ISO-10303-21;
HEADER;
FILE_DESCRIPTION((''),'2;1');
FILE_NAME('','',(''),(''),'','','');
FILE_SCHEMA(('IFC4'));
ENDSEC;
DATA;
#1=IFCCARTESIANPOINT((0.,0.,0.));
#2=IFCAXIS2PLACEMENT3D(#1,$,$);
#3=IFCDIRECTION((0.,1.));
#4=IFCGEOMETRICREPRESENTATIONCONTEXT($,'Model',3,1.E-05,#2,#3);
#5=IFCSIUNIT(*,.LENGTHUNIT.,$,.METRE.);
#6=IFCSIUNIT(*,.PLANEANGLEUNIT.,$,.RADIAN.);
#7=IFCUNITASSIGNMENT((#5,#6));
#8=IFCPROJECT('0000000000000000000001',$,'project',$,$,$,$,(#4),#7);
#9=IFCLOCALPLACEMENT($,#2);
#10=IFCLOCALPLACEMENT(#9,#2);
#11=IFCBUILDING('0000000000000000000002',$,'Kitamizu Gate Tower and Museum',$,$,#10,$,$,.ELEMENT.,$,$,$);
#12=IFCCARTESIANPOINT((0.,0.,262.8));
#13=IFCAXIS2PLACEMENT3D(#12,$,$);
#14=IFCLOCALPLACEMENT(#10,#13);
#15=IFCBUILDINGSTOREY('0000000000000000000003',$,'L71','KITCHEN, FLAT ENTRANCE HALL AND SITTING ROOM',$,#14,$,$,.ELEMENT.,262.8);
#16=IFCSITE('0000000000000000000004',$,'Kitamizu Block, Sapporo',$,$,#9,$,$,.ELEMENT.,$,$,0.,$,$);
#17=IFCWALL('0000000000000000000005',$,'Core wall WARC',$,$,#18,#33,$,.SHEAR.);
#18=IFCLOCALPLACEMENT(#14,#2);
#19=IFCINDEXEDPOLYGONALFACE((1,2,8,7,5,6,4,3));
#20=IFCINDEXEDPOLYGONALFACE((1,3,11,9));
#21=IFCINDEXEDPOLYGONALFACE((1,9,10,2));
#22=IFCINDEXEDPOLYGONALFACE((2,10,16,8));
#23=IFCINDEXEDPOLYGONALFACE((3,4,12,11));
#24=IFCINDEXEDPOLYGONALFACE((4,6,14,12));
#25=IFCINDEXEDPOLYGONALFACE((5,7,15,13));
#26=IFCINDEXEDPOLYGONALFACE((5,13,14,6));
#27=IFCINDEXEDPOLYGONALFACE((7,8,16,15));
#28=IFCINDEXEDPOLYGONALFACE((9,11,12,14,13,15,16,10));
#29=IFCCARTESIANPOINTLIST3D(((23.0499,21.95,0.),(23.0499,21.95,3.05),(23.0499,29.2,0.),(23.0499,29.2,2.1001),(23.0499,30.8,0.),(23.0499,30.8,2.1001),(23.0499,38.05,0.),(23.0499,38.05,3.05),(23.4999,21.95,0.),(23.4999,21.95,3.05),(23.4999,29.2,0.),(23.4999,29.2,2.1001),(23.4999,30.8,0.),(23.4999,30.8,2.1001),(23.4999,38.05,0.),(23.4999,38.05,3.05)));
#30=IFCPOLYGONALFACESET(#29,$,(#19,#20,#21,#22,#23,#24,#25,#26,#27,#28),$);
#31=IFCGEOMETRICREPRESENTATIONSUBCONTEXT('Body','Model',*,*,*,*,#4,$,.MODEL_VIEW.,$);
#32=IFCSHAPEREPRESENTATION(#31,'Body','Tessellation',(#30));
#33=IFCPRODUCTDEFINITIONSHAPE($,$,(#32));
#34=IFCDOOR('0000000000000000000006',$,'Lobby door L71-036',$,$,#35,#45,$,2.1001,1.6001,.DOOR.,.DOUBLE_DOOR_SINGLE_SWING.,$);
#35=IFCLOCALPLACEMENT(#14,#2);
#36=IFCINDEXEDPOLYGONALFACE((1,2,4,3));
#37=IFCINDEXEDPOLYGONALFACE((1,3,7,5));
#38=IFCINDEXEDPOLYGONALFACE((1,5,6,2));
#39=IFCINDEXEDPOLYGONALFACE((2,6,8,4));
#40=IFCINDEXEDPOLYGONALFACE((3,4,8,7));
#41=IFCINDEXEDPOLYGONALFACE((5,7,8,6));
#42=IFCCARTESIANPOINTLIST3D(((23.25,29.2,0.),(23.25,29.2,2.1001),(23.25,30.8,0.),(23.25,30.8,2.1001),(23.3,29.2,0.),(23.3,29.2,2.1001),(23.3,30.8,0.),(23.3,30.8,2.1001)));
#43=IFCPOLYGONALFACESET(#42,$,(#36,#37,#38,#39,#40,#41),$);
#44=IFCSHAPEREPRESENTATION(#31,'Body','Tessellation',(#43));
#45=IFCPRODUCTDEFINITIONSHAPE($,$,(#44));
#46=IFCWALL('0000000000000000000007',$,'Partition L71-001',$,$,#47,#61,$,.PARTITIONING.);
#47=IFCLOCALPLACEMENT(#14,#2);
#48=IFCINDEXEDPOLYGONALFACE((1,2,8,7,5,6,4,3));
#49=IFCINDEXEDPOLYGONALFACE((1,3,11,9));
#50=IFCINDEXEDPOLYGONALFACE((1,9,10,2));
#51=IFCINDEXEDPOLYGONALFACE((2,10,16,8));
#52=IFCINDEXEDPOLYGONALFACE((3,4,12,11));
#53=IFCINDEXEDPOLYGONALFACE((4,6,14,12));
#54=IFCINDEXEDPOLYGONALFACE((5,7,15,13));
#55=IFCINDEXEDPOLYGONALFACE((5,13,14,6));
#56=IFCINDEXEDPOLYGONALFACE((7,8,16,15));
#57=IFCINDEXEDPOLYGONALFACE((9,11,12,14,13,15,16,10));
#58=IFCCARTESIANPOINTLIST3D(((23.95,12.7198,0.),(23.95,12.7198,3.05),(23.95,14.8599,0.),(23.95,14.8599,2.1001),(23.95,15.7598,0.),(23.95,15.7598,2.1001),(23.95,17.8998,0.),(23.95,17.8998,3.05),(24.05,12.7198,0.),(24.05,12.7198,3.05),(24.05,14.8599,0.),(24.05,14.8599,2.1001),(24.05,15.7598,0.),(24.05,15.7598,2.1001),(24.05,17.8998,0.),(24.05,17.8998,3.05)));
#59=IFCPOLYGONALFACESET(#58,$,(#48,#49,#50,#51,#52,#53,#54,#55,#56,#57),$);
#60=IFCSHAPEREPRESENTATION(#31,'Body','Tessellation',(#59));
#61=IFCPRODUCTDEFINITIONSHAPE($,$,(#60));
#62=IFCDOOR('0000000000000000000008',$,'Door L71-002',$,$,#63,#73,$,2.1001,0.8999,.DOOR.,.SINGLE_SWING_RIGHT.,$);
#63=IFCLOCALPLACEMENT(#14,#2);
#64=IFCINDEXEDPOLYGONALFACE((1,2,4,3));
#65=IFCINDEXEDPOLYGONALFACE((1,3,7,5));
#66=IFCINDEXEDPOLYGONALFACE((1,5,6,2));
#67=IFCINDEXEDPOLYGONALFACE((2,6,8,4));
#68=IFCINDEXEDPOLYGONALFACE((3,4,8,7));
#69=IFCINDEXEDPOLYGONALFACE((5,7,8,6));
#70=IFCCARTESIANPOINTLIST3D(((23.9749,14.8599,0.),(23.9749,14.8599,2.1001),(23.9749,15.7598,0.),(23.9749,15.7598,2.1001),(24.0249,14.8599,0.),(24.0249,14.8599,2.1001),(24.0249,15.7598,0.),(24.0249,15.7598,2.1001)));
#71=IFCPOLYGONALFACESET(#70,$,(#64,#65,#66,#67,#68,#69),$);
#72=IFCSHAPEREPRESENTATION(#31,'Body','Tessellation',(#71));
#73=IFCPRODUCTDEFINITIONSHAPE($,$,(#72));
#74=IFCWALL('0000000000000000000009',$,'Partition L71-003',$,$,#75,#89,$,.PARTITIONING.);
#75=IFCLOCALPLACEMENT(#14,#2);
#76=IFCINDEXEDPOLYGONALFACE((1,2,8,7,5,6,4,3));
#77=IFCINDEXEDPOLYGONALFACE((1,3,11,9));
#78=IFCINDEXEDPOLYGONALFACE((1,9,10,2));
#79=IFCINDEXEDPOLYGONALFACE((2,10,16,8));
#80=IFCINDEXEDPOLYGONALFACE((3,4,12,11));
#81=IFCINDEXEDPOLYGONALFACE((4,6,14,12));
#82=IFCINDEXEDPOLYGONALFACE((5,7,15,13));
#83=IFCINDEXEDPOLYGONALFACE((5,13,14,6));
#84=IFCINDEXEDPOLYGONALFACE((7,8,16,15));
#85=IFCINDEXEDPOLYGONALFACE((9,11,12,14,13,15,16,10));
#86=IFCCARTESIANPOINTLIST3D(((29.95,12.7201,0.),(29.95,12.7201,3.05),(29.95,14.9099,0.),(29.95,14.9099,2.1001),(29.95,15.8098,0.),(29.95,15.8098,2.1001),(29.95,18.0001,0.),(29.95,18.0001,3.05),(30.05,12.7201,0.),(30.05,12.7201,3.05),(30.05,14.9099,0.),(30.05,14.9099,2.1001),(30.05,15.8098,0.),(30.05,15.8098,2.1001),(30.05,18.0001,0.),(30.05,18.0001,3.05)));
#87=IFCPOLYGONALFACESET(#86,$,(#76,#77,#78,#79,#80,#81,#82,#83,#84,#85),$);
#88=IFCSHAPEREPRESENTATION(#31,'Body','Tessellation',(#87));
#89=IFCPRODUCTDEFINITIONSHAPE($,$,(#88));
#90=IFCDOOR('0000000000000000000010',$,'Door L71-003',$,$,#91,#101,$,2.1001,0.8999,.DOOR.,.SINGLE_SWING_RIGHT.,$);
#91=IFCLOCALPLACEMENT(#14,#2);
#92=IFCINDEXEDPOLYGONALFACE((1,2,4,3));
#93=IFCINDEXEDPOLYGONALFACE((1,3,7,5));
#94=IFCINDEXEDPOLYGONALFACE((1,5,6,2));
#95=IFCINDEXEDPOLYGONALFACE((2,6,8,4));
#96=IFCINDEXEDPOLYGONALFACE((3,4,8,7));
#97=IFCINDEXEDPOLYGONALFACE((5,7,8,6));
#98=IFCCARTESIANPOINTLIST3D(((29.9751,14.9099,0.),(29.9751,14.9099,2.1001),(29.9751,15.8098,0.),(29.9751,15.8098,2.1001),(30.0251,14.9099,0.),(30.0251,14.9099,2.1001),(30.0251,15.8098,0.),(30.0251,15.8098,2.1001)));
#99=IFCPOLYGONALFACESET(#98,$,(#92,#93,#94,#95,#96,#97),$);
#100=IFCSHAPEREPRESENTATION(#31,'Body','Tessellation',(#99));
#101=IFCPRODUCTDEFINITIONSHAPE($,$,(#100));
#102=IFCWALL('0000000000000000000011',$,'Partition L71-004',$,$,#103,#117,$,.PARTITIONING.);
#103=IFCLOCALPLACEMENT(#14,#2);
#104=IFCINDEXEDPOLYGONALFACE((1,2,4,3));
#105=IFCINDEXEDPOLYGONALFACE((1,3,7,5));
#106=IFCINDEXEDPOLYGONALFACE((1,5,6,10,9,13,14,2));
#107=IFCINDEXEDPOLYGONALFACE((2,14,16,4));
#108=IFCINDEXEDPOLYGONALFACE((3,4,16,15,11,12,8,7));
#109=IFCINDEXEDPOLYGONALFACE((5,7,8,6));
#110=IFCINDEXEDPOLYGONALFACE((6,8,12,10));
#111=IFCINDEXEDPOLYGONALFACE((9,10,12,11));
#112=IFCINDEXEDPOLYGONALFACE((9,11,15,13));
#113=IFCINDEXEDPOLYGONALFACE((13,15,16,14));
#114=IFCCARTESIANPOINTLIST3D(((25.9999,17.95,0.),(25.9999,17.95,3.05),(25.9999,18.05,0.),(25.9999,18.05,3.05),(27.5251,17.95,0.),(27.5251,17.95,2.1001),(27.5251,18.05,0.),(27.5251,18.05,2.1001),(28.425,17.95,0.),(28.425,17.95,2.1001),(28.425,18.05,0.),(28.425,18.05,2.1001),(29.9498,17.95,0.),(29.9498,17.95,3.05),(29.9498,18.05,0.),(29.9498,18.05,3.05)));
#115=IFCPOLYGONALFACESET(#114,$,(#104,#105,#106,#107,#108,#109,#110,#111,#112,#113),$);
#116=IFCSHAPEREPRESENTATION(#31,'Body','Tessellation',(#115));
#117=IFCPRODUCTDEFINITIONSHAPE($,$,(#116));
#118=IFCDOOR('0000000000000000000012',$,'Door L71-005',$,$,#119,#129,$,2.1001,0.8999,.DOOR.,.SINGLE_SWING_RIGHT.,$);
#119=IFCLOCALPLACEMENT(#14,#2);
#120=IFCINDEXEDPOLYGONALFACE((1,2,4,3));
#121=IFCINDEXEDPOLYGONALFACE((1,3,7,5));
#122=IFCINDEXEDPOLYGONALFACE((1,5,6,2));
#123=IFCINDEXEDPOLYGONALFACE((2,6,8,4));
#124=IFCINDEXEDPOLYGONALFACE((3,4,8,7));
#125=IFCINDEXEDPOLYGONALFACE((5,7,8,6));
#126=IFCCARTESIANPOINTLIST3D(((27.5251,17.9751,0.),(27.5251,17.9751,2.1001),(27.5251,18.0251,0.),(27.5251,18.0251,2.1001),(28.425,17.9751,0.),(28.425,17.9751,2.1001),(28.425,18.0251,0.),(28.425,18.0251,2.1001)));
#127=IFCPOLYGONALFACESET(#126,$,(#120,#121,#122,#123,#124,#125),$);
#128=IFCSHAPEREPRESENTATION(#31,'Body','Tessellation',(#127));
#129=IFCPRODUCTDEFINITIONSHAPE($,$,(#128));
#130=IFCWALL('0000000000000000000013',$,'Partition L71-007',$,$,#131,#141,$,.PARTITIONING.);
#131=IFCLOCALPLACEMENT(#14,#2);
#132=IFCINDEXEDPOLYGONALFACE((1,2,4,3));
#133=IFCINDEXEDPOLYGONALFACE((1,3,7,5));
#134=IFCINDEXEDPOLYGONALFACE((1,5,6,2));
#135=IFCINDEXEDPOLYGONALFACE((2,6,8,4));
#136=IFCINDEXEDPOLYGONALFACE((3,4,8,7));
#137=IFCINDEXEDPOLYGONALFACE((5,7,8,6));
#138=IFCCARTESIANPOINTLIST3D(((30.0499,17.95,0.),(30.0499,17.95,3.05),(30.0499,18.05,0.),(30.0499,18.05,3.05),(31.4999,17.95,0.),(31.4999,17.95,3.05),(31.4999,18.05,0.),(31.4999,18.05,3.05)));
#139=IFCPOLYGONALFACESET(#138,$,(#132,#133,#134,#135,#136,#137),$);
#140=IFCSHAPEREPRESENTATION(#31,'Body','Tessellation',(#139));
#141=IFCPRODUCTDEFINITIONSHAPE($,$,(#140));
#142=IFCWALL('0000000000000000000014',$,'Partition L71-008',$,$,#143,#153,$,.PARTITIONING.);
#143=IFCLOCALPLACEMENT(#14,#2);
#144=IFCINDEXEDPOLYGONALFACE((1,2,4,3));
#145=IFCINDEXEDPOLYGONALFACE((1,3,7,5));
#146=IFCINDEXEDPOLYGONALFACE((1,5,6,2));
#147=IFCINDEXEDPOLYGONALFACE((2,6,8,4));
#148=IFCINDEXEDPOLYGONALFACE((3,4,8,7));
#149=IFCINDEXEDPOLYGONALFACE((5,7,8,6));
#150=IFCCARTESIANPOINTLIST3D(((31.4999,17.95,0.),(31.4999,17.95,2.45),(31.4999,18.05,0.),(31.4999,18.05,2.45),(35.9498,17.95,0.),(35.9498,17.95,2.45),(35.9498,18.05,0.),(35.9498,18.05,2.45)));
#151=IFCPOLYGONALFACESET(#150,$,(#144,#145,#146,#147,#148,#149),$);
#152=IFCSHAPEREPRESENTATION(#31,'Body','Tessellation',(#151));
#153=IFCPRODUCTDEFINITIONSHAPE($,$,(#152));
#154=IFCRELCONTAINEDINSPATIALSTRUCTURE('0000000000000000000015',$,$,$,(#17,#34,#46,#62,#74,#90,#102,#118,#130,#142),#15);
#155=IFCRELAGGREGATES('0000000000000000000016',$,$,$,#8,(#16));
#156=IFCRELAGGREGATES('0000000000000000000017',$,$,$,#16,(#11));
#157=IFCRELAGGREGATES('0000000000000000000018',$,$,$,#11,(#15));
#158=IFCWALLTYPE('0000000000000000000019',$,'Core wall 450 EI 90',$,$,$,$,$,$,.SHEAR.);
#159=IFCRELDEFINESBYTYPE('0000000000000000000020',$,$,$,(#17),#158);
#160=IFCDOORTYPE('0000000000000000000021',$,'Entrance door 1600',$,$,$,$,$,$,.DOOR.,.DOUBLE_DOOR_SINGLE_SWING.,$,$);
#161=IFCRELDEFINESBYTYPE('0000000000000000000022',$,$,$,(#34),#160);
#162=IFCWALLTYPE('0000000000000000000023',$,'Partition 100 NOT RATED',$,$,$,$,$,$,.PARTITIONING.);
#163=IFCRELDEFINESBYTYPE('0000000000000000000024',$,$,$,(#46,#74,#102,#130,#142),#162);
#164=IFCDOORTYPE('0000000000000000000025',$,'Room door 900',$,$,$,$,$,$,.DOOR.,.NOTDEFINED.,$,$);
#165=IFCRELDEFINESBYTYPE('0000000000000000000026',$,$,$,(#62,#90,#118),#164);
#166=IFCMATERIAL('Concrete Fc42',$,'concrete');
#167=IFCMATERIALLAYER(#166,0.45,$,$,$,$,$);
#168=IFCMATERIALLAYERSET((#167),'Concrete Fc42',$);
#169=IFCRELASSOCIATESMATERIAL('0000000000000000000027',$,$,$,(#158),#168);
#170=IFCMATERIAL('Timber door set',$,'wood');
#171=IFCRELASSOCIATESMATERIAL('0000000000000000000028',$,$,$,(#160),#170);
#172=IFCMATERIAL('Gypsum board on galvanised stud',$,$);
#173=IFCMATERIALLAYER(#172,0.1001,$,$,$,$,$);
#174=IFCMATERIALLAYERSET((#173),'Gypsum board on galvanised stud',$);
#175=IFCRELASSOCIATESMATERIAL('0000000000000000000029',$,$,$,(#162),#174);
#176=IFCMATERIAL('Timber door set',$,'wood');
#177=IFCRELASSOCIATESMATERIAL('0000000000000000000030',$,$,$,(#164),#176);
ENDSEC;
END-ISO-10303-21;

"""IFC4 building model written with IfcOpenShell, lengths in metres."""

from ifc_helpers import new_model, si_unit, direction, frame, frame_2d, origin, place, context, subcontext, project, spatial, rectangle, extrude, material, layer, layer_set, type_object, element, fill, save


model = new_model("IFC4")

# Units and contexts
model_context = context("Model", 3, precision=1e-05, world=origin(), true_north=direction((0.0, 1.0)))
body_context = subcontext(model_context, "Body", "Model", "MODEL_VIEW")
ifc_project = project(units=[si_unit("LENGTHUNIT", "METRE"), si_unit("PLANEANGLEUNIT", "RADIAN")], contexts=[model_context])

# Site, building, storey
site_placement = place(None, origin())
site = spatial("IfcSite", under=ifc_project, at=site_placement, Name="Kitamizu Block, Sapporo", CompositionType="ELEMENT", RefElevation=0.0)
building_placement = place(site_placement, origin())
building = spatial("IfcBuilding", under=site, at=building_placement, Name="Kitamizu Gate Tower and Museum", CompositionType="ELEMENT")
storey_placement = place(building_placement, frame((0.0, 0.0, 262.8)))
storey = spatial("IfcBuildingStorey", under=building, at=storey_placement, Name="L71", Description="KITCHEN, FLAT ENTRANCE HALL AND SITTING ROOM", CompositionType="ELEMENT", Elevation=262.8)

# Walls, openings, doors
ifc_material_1 = material(Name="Concrete Fc42", Category="concrete")
ifc_layer_1 = layer(ifc_material_1, 0.45)
ifc_layer_set_1 = layer_set([ifc_layer_1], Name="Concrete Fc42")
wall_type_1 = type_object("IfcWallType", Name="Core wall 450 EI 90", PredefinedType="SHEAR", material=ifc_layer_set_1)
wall_1_placement = place(storey_placement, frame((23.2749, 21.95, 0.0), z_axis=(0.0, 0.0, 1.0), x_axis=(0.0, 1.0, 0.0)))
wall_1 = element("IfcWall", 1, at=wall_1_placement, inside=storey, type_object=wall_type_1, Name="Core wall WARC", PredefinedType="SHEAR", context=body_context, shape_type="SweptSolid", body=[
    extrude(rectangle(XDim=16.1001, YDim=0.45, at=frame_2d((8.05, 0.0))), origin(), (0.0, 0.0, 1.0), 3.05),
])
opening_1_placement = place(wall_1_placement, frame((7.25, 0.0, 0.0)))
opening_1 = element("IfcOpeningElement", 2, at=opening_1_placement, cuts=wall_1, PredefinedType="OPENING", context=body_context, shape_type="SweptSolid", body=[
    extrude(rectangle(XDim=1.6001, YDim=2.1001, at=frame_2d((0.8, 1.05))), frame((0.0, 0.2349, 0.0), z_axis=(0.0, -1.0, 0.0), x_axis=(1.0, 0.0, 0.0)), (0.0, 0.0, 1.0), 0.47),
])
ifc_material_2 = material(Name="Timber door set", Category="wood")
door_type_1 = type_object("IfcDoorType", Name="Entrance door 1600", OperationType="DOUBLE_DOOR_SINGLE_SWING", PredefinedType="DOOR", material=ifc_material_2)
door_1_placement = place(opening_1_placement, origin())
door_1 = element("IfcDoor", 3, at=door_1_placement, inside=storey, type_object=door_type_1, Name="Lobby door L71-036", OperationType="DOUBLE_DOOR_SINGLE_SWING", OverallHeight=2.1001, OverallWidth=1.6001, PredefinedType="DOOR", context=body_context, shape_type="SweptSolid", body=[
    extrude(rectangle(XDim=1.6001, YDim=2.1001, at=frame_2d((0.8, 1.05))), frame((0.0, 0.0249, 0.0), z_axis=(0.0, -1.0, 0.0), x_axis=(1.0, 0.0, 0.0)), (0.0, 0.0, 1.0), 0.05),
])
fill(opening_1, door_1)
ifc_material_3 = material(Name="Gypsum board on galvanised stud")
ifc_layer_2 = layer(ifc_material_3, 0.1001)
ifc_layer_set_2 = layer_set([ifc_layer_2], Name="Gypsum board on galvanised stud")
wall_type_2 = type_object("IfcWallType", Name="Partition 100 NOT RATED", PredefinedType="PARTITIONING", material=ifc_layer_set_2)
wall_2_placement = place(storey_placement, frame((24.0, 12.72, 0.0), z_axis=(0.0, 0.0, 1.0), x_axis=(0.0, 1.0, 0.0)))
wall_2 = element("IfcWall", 4, at=wall_2_placement, inside=storey, type_object=wall_type_2, Name="Partition L71-001", PredefinedType="PARTITIONING", context=body_context, shape_type="SweptSolid", body=[
    extrude(rectangle(XDim=5.1799, YDim=0.1001, at=frame_2d((2.5898, 0.0))), origin(), (0.0, 0.0, 1.0), 3.05),
])
opening_2_placement = place(wall_2_placement, frame((2.1399, 0.0, 0.0)))
opening_2 = element("IfcOpeningElement", 5, at=opening_2_placement, cuts=wall_2, PredefinedType="OPENING", context=body_context, shape_type="SweptSolid", body=[
    extrude(rectangle(XDim=0.8999, YDim=2.1001, at=frame_2d((0.45, 1.05))), frame((0.0, 0.0601, 0.0), z_axis=(0.0, -1.0, 0.0), x_axis=(1.0, 0.0, 0.0)), (0.0, 0.0, 1.0), 0.1201),
])
ifc_material_4 = material(Name="Timber door set", Category="wood")
door_type_2 = type_object("IfcDoorType", Name="Room door 900", OperationType="NOTDEFINED", PredefinedType="DOOR", material=ifc_material_4)
door_2_placement = place(opening_2_placement, frame((0.8999, 0.0, 0.0), x_axis=(-1.0, 0.0, 0.0)))
door_2 = element("IfcDoor", 6, at=door_2_placement, inside=storey, type_object=door_type_2, Name="Door L71-002", OperationType="SINGLE_SWING_RIGHT", OverallHeight=2.1001, OverallWidth=0.8999, PredefinedType="DOOR", context=body_context, shape_type="SweptSolid", body=[
    extrude(rectangle(XDim=0.8999, YDim=2.1001, at=frame_2d((0.45, 1.05))), frame((0.0, 0.0249, 0.0), z_axis=(0.0, -1.0, 0.0), x_axis=(1.0, 0.0, 0.0)), (0.0, 0.0, 1.0), 0.05),
])
fill(opening_2, door_2)
wall_3_placement = place(storey_placement, frame((30.0, 12.72, 0.0), z_axis=(0.0, 0.0, 1.0), x_axis=(0.0, 1.0, 0.0)))
wall_3 = element("IfcWall", 7, at=wall_3_placement, inside=storey, type_object=wall_type_2, Name="Partition L71-003", PredefinedType="PARTITIONING", context=body_context, shape_type="SweptSolid", body=[
    extrude(rectangle(XDim=5.28, YDim=0.1001, at=frame_2d((2.6401, 0.0))), origin(), (0.0, 0.0, 1.0), 3.05),
])
opening_3_placement = place(wall_3_placement, frame((2.1899, 0.0, 0.0)))
opening_3 = element("IfcOpeningElement", 8, at=opening_3_placement, cuts=wall_3, PredefinedType="OPENING", context=body_context, shape_type="SweptSolid", body=[
    extrude(rectangle(XDim=0.8999, YDim=2.1001, at=frame_2d((0.45, 1.05))), frame((0.0, 0.0601, 0.0), z_axis=(0.0, -1.0, 0.0), x_axis=(1.0, 0.0, 0.0)), (0.0, 0.0, 1.0), 0.1201),
])
door_3_placement = place(opening_3_placement, origin())
door_3 = element("IfcDoor", 9, at=door_3_placement, inside=storey, type_object=door_type_2, Name="Door L71-003", OperationType="SINGLE_SWING_RIGHT", OverallHeight=2.1001, OverallWidth=0.8999, PredefinedType="DOOR", context=body_context, shape_type="SweptSolid", body=[
    extrude(rectangle(XDim=0.8999, YDim=2.1001, at=frame_2d((0.45, 1.05))), frame((0.0, 0.0249, 0.0), z_axis=(0.0, -1.0, 0.0), x_axis=(1.0, 0.0, 0.0)), (0.0, 0.0, 1.0), 0.05),
])
fill(opening_3, door_3)
wall_4_placement = place(storey_placement, frame((29.95, 18.0, 0.0), z_axis=(0.0, 0.0, 1.0), x_axis=(-1.0, 0.0, 0.0)))
wall_4 = element("IfcWall", 10, at=wall_4_placement, inside=storey, type_object=wall_type_2, Name="Partition L71-004", PredefinedType="PARTITIONING", context=body_context, shape_type="SweptSolid", body=[
    extrude(rectangle(XDim=3.95, YDim=0.1001, at=frame_2d((1.9751, 0.0))), origin(), (0.0, 0.0, 1.0), 3.05),
])
opening_4_placement = place(wall_4_placement, frame((1.5249, 0.0, 0.0)))
opening_4 = element("IfcOpeningElement", 11, at=opening_4_placement, cuts=wall_4, PredefinedType="OPENING", context=body_context, shape_type="SweptSolid", body=[
    extrude(rectangle(XDim=0.8999, YDim=2.1001, at=frame_2d((0.45, 1.05))), frame((0.0, 0.0601, 0.0), z_axis=(0.0, -1.0, 0.0), x_axis=(1.0, 0.0, 0.0)), (0.0, 0.0, 1.0), 0.1201),
])
door_4_placement = place(opening_4_placement, origin())
door_4 = element("IfcDoor", 12, at=door_4_placement, inside=storey, type_object=door_type_2, Name="Door L71-005", OperationType="SINGLE_SWING_RIGHT", OverallHeight=2.1001, OverallWidth=0.8999, PredefinedType="DOOR", context=body_context, shape_type="SweptSolid", body=[
    extrude(rectangle(XDim=0.8999, YDim=2.1001, at=frame_2d((0.45, 1.05))), frame((0.0, 0.0249, 0.0), z_axis=(0.0, -1.0, 0.0), x_axis=(1.0, 0.0, 0.0)), (0.0, 0.0, 1.0), 0.05),
])
fill(opening_4, door_4)

# Walls
wall_5_placement = place(storey_placement, frame((31.5, 18.0, 0.0), z_axis=(0.0, 0.0, 1.0), x_axis=(-1.0, 0.0, 0.0)))
element("IfcWall", 13, at=wall_5_placement, inside=storey, type_object=wall_type_2, Name="Partition L71-007", PredefinedType="PARTITIONING", context=body_context, shape_type="SweptSolid", body=[
    extrude(rectangle(XDim=1.45, YDim=0.1001, at=frame_2d((0.7251, 0.0))), origin(), (0.0, 0.0, 1.0), 3.05),
])
wall_6_placement = place(storey_placement, frame((35.95, 18.0, 0.0), z_axis=(0.0, 0.0, 1.0), x_axis=(-1.0, 0.0, 0.0)))
element("IfcWall", 14, at=wall_6_placement, inside=storey, type_object=wall_type_2, Name="Partition L71-008", PredefinedType="PARTITIONING", context=body_context, shape_type="SweptSolid", body=[
    extrude(rectangle(XDim=4.45, YDim=0.1001, at=frame_2d((2.2251, 0.0))), origin(), (0.0, 0.0, 1.0), 2.45),
])

save(model, "model.ifc")
